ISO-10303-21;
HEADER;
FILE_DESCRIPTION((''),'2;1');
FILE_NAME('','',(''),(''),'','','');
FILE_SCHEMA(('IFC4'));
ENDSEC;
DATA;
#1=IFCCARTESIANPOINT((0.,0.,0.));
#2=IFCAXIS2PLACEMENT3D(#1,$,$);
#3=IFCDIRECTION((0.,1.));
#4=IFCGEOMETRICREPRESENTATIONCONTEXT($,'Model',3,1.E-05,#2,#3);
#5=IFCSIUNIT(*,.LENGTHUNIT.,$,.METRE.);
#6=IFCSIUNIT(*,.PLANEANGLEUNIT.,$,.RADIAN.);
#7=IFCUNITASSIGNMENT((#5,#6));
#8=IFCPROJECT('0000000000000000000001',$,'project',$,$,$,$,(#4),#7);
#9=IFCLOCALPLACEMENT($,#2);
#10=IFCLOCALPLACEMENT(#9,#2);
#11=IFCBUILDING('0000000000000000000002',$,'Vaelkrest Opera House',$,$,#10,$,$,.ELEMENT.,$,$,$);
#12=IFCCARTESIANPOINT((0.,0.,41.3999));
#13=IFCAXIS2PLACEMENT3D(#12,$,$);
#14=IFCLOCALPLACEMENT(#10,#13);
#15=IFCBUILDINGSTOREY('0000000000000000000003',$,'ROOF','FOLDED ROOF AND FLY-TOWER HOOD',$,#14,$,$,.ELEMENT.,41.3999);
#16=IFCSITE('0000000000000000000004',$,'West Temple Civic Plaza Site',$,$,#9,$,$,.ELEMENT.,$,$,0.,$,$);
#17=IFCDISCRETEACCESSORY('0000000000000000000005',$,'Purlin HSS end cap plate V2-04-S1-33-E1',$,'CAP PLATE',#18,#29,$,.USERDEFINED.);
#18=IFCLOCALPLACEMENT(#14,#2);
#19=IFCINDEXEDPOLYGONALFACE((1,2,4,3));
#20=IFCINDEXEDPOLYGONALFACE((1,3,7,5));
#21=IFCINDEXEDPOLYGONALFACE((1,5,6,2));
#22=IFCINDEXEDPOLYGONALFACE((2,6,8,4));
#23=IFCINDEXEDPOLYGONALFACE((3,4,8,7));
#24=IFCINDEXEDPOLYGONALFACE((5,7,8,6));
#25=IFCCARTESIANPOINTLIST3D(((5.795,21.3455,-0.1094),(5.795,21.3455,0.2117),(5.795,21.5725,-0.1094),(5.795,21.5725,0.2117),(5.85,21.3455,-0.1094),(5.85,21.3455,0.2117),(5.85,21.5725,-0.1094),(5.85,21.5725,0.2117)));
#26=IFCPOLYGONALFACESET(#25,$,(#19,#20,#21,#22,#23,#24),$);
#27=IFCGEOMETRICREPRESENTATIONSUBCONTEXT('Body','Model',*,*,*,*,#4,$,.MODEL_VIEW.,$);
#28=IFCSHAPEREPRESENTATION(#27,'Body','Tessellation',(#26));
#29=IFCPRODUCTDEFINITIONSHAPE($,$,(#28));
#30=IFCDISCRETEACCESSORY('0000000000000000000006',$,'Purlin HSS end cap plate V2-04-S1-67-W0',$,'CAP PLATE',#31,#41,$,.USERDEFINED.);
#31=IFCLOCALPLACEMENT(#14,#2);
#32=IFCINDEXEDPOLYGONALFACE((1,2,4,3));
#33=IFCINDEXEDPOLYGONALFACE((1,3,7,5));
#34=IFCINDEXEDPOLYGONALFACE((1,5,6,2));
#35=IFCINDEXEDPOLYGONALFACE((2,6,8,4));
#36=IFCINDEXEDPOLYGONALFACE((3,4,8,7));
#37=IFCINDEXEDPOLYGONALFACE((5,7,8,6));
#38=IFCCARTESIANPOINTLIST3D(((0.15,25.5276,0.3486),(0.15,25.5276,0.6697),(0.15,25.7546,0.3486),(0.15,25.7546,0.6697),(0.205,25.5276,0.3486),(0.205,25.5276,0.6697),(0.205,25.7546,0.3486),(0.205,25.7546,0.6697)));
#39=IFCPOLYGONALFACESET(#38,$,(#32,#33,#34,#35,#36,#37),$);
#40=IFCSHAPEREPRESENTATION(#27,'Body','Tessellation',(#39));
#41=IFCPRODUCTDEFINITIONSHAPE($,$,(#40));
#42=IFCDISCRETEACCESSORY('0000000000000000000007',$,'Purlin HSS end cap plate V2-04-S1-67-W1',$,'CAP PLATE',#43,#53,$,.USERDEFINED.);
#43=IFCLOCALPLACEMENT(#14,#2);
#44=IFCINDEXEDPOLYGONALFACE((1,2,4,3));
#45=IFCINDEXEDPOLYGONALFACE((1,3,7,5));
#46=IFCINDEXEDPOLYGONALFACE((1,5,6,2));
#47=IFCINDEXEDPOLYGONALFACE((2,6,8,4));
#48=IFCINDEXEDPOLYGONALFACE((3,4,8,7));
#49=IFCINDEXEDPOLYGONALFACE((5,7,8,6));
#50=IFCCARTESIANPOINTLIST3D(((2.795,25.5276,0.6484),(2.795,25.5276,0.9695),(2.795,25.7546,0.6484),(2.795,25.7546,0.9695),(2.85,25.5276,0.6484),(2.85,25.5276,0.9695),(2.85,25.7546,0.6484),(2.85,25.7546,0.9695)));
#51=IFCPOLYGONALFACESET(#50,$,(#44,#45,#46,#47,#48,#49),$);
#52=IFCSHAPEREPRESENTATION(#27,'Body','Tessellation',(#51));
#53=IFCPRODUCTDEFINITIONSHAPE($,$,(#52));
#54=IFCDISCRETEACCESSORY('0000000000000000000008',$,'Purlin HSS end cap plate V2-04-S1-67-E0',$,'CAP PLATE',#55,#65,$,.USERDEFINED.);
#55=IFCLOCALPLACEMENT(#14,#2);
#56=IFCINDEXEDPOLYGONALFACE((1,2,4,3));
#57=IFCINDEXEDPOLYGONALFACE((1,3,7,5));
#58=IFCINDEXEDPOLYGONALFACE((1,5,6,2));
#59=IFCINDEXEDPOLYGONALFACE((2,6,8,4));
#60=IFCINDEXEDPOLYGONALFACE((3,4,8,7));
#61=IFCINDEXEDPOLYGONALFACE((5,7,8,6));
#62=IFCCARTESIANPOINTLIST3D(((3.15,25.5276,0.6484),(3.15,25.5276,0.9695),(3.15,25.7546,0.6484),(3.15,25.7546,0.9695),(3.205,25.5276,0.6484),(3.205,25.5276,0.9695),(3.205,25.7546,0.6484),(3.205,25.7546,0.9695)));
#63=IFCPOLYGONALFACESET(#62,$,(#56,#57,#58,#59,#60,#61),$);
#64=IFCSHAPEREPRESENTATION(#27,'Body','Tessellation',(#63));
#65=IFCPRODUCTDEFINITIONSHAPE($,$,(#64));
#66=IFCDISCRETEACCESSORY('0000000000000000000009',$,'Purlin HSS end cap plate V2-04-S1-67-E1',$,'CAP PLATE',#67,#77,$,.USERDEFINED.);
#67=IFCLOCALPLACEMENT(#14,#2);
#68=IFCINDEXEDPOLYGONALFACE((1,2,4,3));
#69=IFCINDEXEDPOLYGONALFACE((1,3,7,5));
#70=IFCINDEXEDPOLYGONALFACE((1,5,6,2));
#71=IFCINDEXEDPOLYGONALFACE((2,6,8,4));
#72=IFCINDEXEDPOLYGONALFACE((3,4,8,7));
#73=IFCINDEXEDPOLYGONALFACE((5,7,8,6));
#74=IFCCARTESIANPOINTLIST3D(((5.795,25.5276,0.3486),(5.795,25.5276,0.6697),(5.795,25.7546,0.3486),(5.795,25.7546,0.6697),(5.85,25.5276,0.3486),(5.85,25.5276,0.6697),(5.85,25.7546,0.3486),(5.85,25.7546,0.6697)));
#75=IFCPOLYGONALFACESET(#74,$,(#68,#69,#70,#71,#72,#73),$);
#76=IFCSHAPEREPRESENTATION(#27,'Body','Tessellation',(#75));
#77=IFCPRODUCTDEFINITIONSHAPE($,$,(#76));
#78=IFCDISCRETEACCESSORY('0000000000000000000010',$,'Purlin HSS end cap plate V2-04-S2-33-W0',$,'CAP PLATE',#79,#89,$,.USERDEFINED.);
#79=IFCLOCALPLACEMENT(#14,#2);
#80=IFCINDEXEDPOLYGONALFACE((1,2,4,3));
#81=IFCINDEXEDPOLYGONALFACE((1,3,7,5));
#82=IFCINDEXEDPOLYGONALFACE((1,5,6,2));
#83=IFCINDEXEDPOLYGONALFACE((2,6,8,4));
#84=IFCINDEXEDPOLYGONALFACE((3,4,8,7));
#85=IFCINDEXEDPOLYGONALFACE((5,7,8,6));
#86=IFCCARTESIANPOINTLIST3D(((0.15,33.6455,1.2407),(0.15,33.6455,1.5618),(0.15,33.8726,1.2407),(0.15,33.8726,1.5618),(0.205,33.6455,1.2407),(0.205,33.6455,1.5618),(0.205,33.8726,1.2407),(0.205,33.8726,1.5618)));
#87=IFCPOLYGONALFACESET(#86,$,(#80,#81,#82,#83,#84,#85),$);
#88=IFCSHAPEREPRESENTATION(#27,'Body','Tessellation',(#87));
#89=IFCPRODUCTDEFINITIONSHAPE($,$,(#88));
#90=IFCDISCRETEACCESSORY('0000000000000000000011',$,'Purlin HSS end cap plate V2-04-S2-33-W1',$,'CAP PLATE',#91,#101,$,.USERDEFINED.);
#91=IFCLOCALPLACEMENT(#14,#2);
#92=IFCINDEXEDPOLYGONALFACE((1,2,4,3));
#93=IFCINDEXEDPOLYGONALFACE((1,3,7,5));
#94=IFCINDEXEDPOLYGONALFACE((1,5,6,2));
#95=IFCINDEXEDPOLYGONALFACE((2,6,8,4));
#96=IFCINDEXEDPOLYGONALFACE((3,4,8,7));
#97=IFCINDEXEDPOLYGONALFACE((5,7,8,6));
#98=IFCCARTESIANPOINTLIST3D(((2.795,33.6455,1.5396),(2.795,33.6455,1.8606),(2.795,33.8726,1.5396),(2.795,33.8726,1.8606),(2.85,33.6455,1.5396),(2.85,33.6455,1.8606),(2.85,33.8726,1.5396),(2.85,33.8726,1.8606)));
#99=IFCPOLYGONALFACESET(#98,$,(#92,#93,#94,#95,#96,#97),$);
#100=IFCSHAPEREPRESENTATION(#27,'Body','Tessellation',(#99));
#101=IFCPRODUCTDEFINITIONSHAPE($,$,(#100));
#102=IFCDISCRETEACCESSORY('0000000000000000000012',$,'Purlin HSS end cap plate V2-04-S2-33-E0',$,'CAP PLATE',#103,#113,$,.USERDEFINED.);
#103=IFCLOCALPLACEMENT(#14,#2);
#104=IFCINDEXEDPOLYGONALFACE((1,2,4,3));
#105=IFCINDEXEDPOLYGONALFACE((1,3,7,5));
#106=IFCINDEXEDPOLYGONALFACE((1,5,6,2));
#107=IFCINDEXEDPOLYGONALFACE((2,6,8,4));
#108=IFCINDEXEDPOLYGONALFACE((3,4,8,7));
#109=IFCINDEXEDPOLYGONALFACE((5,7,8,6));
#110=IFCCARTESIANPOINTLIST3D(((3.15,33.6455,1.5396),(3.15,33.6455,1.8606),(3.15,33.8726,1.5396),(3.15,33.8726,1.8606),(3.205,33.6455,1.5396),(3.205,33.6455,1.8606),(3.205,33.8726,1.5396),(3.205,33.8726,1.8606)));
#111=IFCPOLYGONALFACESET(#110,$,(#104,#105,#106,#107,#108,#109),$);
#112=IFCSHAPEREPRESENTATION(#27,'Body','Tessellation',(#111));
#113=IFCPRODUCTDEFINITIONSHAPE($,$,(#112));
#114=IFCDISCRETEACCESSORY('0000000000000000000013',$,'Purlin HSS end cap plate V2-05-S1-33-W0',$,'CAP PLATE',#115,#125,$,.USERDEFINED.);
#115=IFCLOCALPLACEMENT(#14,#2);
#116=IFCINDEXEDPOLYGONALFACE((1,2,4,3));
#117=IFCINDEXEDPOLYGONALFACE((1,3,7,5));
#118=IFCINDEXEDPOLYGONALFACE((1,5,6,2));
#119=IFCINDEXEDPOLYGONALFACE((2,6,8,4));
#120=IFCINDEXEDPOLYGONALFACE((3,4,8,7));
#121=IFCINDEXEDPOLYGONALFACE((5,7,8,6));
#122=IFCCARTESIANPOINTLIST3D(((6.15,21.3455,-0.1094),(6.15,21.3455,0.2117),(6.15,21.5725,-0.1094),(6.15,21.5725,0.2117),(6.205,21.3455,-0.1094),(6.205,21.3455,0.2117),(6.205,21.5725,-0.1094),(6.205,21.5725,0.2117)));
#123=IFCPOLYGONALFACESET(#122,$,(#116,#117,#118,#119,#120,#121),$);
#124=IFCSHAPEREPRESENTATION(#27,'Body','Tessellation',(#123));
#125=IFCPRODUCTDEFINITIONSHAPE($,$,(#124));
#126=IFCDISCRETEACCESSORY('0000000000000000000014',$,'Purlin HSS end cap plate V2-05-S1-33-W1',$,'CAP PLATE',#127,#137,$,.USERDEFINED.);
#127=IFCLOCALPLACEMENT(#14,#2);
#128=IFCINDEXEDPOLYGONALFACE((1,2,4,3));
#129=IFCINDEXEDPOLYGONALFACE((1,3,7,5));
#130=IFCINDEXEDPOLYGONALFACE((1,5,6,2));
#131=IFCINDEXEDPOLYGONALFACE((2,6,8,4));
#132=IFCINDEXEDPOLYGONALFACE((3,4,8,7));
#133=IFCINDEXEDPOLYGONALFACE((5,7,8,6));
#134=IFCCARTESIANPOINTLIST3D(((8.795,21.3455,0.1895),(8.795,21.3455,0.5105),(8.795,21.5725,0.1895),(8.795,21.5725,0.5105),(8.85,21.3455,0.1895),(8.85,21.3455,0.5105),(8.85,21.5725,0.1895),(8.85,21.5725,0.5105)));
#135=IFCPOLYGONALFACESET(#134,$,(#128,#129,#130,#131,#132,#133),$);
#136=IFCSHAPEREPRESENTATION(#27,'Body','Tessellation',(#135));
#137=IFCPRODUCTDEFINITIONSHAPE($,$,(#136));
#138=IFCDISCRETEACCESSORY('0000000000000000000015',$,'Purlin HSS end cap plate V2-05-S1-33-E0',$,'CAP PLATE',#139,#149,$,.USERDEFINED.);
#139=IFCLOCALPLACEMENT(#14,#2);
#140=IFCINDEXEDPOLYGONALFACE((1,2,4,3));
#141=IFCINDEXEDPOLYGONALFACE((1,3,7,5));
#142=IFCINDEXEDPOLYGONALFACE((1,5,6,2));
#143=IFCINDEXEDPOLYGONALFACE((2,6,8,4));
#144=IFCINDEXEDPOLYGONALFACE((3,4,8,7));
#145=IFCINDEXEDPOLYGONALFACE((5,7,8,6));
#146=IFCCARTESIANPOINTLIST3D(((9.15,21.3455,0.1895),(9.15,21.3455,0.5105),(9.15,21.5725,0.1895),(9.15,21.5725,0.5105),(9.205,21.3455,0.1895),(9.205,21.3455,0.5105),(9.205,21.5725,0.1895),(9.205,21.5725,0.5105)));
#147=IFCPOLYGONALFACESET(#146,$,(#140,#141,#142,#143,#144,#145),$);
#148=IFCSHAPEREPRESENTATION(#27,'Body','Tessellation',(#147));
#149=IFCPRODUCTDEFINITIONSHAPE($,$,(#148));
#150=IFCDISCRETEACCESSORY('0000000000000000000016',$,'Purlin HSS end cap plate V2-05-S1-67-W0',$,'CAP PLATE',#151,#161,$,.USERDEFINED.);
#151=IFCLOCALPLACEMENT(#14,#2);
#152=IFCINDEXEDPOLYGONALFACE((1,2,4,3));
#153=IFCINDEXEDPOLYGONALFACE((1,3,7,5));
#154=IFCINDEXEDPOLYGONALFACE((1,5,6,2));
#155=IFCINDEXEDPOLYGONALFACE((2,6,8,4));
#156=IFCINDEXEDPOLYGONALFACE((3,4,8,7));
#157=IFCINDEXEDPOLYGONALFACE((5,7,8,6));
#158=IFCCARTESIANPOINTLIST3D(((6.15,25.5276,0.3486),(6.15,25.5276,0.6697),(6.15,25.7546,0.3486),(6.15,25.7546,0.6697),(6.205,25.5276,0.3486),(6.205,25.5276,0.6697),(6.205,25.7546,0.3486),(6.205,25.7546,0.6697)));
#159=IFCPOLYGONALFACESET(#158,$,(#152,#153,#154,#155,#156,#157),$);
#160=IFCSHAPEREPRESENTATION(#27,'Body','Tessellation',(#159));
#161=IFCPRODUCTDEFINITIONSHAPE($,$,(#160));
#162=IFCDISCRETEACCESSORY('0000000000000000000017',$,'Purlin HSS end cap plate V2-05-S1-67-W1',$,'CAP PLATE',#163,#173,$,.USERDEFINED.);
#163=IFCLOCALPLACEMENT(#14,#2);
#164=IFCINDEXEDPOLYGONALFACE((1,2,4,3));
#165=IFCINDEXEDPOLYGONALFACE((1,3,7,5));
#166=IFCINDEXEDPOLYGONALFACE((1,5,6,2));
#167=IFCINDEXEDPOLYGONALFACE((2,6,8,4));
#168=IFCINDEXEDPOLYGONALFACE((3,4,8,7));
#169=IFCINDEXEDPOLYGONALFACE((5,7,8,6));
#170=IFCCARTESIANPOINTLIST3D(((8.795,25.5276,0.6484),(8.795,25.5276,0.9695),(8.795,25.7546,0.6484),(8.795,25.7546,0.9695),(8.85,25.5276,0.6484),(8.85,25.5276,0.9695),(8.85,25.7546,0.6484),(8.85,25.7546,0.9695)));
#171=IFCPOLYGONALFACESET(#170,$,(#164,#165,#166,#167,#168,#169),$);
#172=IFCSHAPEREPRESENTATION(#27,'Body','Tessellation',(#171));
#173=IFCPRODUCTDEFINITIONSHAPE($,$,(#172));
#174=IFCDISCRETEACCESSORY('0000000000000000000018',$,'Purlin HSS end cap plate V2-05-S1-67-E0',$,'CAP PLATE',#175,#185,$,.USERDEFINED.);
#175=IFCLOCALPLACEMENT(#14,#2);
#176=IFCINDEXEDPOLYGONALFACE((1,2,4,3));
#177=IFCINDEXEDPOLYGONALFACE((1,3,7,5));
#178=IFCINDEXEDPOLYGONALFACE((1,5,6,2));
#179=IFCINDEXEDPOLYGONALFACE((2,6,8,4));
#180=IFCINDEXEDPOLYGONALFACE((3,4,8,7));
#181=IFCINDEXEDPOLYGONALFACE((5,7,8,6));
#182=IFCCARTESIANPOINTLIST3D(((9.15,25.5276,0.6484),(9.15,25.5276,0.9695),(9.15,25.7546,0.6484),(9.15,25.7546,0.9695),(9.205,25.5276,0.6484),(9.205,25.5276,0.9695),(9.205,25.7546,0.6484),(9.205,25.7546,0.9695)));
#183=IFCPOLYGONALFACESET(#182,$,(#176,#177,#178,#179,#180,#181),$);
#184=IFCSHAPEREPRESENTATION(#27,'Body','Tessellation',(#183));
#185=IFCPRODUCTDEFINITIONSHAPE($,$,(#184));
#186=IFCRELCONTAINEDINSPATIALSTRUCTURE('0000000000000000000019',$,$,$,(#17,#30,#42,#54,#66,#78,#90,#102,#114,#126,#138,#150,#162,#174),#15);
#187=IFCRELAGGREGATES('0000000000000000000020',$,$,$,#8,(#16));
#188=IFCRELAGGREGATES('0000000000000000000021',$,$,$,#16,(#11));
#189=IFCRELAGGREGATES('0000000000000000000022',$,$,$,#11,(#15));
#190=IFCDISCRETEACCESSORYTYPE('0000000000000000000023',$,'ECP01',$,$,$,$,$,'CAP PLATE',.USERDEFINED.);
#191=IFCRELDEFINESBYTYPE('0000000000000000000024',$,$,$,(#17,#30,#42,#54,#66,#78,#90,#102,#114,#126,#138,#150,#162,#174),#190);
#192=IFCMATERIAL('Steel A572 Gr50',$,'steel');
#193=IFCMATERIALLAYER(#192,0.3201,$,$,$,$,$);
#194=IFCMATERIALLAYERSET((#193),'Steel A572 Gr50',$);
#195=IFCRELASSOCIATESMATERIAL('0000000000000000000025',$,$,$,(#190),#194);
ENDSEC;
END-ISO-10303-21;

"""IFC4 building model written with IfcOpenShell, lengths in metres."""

from ifc_helpers import new_model, si_unit, direction, frame, origin, origin_2d, place, context, subcontext, project, spatial, rectangle, extrude, material, layer, layer_set, type_object, element, save


model = new_model("IFC4")

# Units and contexts
model_context = context("Model", 3, precision=1e-05, world=origin(), true_north=direction((0.0, 1.0)))
body_context = subcontext(model_context, "Body", "Model", "MODEL_VIEW")
ifc_project = project(units=[si_unit("LENGTHUNIT", "METRE"), si_unit("PLANEANGLEUNIT", "RADIAN")], contexts=[model_context])

# Site, building, storey
site_placement = place(None, origin())
site = spatial("IfcSite", under=ifc_project, at=site_placement, Name="West Temple Civic Plaza Site", CompositionType="ELEMENT", RefElevation=0.0)
building_placement = place(site_placement, origin())
building = spatial("IfcBuilding", under=site, at=building_placement, Name="Vaelkrest Opera House", CompositionType="ELEMENT")
storey_placement = place(building_placement, frame((0.0, 0.0, 41.3999)))
storey = spatial("IfcBuildingStorey", under=building, at=storey_placement, Name="ROOF", Description="FOLDED ROOF AND FLY-TOWER HOOD", CompositionType="ELEMENT", Elevation=41.3999)

# Discrete accessories
ifc_material_1 = material(Name="Steel A572 Gr50", Category="steel")
ifc_layer_1 = layer(ifc_material_1, 0.3201)
ifc_layer_set_1 = layer_set([ifc_layer_1], Name="Steel A572 Gr50")
discrete_accessory_type = type_object("IfcDiscreteAccessoryType", Name="ECP01", ElementType="CAP PLATE", PredefinedType="USERDEFINED", material=ifc_layer_set_1)
for number, where, z_axis, x_axis, name in (
    (1, (5.8225, 21.459, -0.1094), (0.0, 0.0, 1.0), (1.0, 0.0, 0.0), "Purlin HSS end cap plate V2-04-S1-33-E1"),
    (2, (0.1775, 25.6411, 0.3486), (0.0, 0.0, 1.0), (1.0, 0.0, 0.0), "Purlin HSS end cap plate V2-04-S1-67-W0"),
    (3, (2.8225, 25.6411, 0.6484), (0.0, 0.0, 1.0), (1.0, 0.0, 0.0), "Purlin HSS end cap plate V2-04-S1-67-W1"),
    (4, (3.1775, 25.6411, 0.6484), (0.0, 0.0, 1.0), (1.0, 0.0, 0.0), "Purlin HSS end cap plate V2-04-S1-67-E0"),
    (5, (5.8225, 25.6411, 0.3486), (0.0, 0.0, 1.0), (1.0, 0.0, 0.0), "Purlin HSS end cap plate V2-04-S1-67-E1"),
    (6, (0.1775, 33.759, 1.2407), (0.0, 0.0, 1.0), (1.0, 0.0, 0.0), "Purlin HSS end cap plate V2-04-S2-33-W0"),
    (7, (2.8225, 33.759, 1.5396), (0.0, 0.0, 1.0), (1.0, 0.0, 0.0), "Purlin HSS end cap plate V2-04-S2-33-W1"),
    (8, (3.1775, 33.759, 1.5396), (0.0, 0.0, 1.0), (1.0, 0.0, 0.0), "Purlin HSS end cap plate V2-04-S2-33-E0"),
    (9, (6.1775, 21.459, -0.1094), (0.0, 0.0, 1.0), (1.0, 0.0, 0.0), "Purlin HSS end cap plate V2-05-S1-33-W0"),
    (10, (8.8225, 21.459, 0.1895), (0.0, 0.0, 1.0), (1.0, 0.0, 0.0), "Purlin HSS end cap plate V2-05-S1-33-W1"),
    (11, (9.1775, 21.459, 0.1895), (0.0, 0.0, 1.0), (1.0, 0.0, 0.0), "Purlin HSS end cap plate V2-05-S1-33-E0"),
    (12, (6.1775, 25.6411, 0.3486), (0.0, 0.0, 1.0), (1.0, 0.0, 0.0), "Purlin HSS end cap plate V2-05-S1-67-W0"),
    (13, (8.8225, 25.6411, 0.6484), (0.0, 0.0, 1.0), (1.0, 0.0, 0.0), "Purlin HSS end cap plate V2-05-S1-67-W1"),
    (14, (9.1775, 25.6411, 0.6484), (0.0, 0.0, 1.0), (1.0, 0.0, 0.0), "Purlin HSS end cap plate V2-05-S1-67-E0"),
):
    element("IfcDiscreteAccessory", number, at=place(storey_placement, frame(where, z_axis=z_axis, x_axis=x_axis)), inside=storey, type_object=discrete_accessory_type, Name=name, ObjectType="CAP PLATE", PredefinedType="USERDEFINED", context=body_context, shape_type="SweptSolid", body=[
        extrude(rectangle(XDim=0.0549, YDim=0.2271, at=origin_2d()), origin(), (0.0, 0.0, 1.0), 0.321),
    ])

save(model, "model.ifc")
